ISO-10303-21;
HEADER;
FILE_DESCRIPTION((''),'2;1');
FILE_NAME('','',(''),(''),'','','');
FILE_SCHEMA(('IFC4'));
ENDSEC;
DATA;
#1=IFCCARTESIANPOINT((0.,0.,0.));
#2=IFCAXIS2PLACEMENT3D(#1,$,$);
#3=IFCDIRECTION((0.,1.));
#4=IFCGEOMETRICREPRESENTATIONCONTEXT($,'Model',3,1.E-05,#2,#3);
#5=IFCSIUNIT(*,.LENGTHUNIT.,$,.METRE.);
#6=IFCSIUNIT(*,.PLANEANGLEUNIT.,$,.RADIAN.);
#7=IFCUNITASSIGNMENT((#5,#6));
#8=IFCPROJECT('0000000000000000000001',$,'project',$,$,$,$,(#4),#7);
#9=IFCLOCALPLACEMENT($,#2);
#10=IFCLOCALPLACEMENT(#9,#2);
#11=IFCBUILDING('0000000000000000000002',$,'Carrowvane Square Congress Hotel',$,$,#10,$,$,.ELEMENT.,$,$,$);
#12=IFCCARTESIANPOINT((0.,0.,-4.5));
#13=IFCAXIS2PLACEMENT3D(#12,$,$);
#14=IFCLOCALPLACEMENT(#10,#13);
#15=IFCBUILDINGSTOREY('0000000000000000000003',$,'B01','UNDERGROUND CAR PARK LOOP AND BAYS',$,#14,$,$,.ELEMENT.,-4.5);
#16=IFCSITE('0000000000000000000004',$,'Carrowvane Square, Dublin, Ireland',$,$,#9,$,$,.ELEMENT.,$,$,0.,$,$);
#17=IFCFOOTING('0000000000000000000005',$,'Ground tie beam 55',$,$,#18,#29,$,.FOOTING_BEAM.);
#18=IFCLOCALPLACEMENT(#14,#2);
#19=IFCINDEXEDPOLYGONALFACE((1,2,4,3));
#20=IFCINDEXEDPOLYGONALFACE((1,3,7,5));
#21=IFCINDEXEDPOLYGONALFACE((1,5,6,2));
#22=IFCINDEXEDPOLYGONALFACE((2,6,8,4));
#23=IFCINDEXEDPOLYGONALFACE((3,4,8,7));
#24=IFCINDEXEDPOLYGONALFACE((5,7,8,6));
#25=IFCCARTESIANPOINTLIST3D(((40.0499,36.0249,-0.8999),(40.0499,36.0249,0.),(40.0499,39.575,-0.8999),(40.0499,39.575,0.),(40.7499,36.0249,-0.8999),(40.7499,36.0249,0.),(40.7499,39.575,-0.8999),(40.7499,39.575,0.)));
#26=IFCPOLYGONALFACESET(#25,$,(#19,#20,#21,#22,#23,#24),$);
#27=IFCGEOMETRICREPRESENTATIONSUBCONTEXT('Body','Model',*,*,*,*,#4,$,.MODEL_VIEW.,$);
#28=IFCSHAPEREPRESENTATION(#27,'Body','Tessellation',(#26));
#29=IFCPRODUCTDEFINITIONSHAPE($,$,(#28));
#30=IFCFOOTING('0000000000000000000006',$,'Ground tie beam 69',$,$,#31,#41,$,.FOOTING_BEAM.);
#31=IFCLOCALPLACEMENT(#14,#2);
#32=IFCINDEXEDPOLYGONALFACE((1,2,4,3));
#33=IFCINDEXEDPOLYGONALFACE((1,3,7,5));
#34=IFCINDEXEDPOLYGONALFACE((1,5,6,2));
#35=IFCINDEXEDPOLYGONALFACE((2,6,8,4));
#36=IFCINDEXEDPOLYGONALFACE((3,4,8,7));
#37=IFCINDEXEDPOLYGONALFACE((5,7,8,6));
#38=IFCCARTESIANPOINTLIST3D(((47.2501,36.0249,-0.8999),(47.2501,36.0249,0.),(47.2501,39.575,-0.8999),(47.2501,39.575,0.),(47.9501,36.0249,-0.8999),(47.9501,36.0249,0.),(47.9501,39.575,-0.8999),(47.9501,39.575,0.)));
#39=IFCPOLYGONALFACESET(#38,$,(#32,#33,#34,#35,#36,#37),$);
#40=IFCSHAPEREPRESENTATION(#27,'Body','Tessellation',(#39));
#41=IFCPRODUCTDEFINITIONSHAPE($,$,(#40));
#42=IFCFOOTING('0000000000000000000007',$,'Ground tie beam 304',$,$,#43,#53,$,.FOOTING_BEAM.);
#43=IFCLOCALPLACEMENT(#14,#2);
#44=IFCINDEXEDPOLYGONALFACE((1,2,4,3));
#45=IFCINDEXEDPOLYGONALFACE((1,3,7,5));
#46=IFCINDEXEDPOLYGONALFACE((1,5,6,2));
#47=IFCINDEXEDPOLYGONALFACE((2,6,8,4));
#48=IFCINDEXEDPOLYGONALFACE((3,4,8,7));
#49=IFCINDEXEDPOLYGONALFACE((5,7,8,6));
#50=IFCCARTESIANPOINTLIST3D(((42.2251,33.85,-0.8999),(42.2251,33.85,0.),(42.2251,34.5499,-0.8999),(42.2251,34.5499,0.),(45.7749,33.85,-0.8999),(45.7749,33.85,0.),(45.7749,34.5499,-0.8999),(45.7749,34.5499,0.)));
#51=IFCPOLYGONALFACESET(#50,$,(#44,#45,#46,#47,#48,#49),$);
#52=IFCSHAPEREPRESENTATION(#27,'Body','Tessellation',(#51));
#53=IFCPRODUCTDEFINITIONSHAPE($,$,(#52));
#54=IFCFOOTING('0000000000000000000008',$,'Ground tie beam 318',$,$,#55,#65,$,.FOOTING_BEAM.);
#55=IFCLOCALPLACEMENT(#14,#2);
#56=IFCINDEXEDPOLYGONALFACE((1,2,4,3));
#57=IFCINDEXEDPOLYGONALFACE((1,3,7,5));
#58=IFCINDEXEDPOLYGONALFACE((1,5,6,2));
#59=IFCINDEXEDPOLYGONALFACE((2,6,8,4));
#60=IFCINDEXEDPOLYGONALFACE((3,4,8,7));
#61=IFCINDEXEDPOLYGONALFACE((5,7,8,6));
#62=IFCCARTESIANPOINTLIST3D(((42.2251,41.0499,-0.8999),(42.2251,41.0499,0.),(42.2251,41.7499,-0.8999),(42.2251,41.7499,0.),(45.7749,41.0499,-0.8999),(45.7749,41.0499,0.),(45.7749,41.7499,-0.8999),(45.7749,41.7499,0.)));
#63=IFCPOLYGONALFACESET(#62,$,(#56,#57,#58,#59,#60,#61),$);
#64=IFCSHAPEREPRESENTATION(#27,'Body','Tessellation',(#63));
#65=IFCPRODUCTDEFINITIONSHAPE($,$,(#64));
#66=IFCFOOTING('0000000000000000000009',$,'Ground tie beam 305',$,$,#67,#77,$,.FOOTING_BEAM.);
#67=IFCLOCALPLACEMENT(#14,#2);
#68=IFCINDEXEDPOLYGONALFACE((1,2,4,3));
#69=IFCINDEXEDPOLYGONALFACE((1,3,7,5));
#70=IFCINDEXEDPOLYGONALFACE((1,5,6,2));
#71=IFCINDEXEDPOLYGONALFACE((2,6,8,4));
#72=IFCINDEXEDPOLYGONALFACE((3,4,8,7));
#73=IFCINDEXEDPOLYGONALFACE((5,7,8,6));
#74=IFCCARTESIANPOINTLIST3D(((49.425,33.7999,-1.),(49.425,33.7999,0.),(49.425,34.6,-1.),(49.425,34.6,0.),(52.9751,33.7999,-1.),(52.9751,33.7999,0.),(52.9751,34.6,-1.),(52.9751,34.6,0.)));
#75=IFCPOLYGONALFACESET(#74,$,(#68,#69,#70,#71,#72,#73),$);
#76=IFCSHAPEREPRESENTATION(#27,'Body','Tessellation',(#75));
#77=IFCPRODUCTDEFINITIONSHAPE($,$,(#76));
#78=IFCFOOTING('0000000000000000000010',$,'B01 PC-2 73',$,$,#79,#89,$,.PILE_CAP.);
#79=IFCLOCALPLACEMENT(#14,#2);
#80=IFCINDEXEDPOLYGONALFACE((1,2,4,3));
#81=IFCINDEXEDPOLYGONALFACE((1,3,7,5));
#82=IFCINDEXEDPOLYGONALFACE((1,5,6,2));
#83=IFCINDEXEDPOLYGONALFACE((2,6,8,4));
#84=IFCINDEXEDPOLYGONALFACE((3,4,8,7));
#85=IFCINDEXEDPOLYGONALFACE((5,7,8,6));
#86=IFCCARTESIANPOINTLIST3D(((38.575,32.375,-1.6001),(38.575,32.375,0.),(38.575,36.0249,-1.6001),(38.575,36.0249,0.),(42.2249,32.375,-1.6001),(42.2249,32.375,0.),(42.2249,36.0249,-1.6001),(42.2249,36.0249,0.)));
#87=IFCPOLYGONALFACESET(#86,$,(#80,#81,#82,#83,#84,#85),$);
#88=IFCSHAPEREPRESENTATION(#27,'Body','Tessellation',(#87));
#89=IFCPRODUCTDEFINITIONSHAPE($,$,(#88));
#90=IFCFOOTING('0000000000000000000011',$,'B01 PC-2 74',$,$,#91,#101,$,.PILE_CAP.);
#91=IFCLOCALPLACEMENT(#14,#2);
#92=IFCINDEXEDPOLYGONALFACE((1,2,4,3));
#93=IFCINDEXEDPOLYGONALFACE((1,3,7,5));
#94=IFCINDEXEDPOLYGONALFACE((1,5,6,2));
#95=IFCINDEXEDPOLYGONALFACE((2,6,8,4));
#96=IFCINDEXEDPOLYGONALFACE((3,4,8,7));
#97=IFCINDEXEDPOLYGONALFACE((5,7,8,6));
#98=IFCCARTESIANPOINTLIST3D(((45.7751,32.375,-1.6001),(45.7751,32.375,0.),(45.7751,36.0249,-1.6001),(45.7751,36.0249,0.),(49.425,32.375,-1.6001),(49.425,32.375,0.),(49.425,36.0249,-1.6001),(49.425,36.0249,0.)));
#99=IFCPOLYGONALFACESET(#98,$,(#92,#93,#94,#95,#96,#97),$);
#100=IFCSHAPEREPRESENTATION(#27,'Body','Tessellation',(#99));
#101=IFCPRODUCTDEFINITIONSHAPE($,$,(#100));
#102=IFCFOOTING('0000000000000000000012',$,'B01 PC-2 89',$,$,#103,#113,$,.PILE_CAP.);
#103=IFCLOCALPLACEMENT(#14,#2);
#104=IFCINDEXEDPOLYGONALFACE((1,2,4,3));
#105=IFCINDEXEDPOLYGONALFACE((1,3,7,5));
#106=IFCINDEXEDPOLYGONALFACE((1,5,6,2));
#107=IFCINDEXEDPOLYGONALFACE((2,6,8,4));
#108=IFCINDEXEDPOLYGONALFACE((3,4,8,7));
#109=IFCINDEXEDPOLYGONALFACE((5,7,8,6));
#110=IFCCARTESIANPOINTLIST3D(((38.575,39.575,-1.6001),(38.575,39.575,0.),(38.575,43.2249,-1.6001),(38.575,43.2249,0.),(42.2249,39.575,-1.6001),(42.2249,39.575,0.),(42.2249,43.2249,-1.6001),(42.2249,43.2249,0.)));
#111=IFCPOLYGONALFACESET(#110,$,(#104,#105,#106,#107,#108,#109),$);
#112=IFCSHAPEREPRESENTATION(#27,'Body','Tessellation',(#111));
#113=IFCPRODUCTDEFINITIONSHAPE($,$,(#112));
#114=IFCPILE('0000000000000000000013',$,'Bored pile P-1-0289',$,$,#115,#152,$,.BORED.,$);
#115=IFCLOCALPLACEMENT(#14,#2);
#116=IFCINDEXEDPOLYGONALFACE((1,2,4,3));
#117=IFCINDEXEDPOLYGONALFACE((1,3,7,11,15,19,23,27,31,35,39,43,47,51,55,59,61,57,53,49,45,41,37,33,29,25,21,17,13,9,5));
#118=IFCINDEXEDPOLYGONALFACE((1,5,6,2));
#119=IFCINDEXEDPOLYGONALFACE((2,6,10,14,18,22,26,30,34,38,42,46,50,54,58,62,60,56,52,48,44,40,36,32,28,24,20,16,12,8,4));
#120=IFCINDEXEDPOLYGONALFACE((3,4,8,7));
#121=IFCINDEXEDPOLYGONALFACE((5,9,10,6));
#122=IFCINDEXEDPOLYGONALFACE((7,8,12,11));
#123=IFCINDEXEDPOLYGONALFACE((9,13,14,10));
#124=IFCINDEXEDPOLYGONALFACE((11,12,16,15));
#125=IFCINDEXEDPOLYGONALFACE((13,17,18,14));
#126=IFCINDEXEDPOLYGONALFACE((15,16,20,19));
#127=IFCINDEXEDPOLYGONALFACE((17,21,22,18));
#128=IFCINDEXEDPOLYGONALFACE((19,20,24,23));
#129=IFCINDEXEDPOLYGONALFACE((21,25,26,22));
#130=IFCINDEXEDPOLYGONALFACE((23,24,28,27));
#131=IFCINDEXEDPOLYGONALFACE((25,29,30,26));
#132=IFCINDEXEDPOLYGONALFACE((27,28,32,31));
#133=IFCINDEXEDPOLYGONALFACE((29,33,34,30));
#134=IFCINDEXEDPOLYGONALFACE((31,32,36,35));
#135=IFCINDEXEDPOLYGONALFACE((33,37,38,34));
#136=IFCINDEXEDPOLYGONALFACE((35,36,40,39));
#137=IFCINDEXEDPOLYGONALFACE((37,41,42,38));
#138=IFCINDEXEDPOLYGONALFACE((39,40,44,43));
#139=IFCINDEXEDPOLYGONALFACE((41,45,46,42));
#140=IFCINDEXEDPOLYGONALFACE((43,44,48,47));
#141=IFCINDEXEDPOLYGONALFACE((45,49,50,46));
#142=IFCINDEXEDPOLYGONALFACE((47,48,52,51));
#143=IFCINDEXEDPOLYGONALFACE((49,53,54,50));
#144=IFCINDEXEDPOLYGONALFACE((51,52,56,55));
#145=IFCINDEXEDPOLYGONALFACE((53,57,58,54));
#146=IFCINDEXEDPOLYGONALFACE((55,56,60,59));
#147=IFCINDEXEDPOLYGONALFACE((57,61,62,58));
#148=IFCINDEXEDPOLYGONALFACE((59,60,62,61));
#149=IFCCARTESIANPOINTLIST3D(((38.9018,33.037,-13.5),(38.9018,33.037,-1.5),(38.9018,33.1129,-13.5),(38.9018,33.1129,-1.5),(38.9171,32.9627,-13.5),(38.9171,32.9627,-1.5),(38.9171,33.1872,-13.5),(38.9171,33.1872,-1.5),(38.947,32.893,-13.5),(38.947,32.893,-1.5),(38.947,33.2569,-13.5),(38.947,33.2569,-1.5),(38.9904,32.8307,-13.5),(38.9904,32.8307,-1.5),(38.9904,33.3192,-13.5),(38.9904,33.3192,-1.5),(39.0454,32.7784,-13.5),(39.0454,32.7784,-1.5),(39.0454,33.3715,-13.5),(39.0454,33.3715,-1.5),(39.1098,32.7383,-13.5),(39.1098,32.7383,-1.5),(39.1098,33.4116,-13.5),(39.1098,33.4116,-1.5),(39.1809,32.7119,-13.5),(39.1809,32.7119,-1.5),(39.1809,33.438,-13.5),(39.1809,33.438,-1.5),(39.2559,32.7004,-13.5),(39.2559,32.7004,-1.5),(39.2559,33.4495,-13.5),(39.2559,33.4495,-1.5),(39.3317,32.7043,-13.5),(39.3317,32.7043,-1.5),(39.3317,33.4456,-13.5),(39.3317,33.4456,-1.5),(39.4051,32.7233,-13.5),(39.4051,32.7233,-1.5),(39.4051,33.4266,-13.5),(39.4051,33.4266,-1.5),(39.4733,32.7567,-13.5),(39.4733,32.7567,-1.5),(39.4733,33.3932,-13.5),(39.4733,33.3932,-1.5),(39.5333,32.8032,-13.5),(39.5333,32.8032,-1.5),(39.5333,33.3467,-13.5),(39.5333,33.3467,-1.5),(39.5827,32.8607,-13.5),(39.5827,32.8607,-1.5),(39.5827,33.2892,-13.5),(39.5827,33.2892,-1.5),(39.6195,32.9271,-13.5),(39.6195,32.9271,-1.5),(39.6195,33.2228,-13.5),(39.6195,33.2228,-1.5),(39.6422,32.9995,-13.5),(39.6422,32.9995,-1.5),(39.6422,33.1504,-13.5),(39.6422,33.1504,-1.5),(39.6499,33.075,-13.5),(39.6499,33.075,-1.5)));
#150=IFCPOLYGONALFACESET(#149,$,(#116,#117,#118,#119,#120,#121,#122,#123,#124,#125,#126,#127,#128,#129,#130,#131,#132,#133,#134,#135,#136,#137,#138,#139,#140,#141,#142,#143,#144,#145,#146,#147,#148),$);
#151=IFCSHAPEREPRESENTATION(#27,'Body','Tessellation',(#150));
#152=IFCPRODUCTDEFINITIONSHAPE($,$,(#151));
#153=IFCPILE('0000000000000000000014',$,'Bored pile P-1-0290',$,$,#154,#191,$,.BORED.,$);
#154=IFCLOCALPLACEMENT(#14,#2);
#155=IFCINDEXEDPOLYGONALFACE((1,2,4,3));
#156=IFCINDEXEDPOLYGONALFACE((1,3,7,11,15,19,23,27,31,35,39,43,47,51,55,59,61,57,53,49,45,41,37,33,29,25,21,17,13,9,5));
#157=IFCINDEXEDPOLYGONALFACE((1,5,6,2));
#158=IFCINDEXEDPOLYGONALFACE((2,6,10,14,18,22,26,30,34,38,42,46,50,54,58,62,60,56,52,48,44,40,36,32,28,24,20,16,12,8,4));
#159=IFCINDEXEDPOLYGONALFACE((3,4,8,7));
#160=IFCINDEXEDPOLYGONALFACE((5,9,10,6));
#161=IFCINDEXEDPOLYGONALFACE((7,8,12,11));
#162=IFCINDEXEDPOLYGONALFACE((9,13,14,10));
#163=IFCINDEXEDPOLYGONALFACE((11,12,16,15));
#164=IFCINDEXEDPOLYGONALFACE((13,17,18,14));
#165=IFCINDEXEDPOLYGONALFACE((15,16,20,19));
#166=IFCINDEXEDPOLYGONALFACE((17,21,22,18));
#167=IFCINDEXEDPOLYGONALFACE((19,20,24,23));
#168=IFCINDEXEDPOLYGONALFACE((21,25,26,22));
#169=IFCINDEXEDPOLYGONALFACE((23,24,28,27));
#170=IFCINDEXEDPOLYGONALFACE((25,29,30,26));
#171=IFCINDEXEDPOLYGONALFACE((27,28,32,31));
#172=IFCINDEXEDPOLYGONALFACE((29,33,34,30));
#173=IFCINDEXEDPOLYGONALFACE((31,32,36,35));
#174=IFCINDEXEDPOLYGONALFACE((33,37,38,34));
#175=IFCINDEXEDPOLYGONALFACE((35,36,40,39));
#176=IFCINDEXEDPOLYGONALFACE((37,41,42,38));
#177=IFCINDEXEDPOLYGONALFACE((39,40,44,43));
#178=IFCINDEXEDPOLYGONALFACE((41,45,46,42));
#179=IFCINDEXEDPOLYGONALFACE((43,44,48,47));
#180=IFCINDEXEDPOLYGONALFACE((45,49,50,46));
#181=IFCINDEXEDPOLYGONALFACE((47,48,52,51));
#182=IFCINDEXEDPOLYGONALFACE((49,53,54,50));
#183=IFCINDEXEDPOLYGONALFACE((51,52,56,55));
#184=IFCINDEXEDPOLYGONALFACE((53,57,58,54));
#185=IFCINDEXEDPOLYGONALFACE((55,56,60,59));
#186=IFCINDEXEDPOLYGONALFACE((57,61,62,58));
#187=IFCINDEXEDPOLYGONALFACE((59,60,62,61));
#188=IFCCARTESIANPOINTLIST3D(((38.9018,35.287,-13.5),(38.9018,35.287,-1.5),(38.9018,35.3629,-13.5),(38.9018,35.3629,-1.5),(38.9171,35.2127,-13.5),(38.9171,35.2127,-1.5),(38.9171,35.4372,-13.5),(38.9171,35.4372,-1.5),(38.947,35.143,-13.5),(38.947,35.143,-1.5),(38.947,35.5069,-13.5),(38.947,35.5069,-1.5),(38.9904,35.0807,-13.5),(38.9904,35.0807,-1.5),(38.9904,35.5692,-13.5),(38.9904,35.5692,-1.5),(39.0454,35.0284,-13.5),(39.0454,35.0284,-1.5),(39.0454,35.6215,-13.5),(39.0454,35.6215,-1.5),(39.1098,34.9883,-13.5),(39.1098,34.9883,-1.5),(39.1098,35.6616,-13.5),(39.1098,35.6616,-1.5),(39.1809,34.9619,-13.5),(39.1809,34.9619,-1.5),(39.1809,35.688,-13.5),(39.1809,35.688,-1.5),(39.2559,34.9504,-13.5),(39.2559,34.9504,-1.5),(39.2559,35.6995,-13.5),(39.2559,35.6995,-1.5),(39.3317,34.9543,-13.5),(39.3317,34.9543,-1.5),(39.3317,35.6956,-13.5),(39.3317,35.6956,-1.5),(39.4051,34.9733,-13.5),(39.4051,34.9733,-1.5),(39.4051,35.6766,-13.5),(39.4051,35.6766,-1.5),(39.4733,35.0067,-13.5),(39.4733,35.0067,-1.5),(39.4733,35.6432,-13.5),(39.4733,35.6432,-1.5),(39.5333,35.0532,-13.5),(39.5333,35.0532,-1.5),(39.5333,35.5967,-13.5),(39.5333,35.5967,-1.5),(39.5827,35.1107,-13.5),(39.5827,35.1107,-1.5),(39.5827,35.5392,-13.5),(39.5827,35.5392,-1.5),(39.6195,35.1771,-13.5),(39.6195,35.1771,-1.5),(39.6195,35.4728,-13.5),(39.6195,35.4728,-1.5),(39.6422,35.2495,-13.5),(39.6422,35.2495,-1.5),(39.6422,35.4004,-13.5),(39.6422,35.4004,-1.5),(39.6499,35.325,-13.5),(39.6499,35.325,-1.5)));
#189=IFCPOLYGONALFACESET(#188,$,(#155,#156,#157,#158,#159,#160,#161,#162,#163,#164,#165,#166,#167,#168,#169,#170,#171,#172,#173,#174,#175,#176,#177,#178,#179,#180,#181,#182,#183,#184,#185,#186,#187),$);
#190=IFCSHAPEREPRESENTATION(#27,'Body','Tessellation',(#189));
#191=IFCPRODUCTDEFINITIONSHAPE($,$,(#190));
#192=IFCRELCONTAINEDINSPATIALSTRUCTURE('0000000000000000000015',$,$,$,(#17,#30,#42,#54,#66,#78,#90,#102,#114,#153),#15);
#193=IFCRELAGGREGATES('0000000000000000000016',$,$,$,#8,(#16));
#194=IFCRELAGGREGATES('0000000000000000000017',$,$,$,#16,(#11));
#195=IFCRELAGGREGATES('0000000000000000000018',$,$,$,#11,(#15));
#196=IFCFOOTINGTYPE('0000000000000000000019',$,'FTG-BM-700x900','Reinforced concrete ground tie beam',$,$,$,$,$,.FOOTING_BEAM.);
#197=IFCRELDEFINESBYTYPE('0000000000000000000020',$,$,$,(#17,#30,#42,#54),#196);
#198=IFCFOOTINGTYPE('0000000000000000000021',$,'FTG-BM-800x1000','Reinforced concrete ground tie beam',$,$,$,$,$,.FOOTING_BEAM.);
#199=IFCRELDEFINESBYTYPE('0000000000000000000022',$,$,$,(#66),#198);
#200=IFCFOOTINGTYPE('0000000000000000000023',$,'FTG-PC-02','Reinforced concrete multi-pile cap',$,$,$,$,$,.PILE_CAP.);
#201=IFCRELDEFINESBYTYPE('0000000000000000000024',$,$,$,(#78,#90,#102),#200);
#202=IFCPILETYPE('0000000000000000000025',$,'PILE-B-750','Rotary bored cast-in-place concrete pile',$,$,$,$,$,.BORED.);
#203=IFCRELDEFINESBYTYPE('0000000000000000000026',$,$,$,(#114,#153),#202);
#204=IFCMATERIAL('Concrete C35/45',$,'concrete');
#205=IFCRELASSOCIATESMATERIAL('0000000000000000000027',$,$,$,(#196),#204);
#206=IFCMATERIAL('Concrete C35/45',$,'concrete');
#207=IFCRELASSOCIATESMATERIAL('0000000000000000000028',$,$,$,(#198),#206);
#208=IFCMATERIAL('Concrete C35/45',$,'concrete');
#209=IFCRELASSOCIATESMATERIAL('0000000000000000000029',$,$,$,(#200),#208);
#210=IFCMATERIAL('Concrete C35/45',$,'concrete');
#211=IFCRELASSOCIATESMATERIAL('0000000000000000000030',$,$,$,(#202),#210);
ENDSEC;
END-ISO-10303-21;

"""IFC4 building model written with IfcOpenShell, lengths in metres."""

from ifc_helpers import new_model, si_unit, direction, frame, origin, origin_2d, place, context, subcontext, project, spatial, rectangle, circle, extrude, material, material_profile, profile_set, type_object, element, save


model = new_model("IFC4")

# Units and contexts
model_context = context("Model", 3, precision=1e-05, world=origin(), true_north=direction((0.0, 1.0)))
body_context = subcontext(model_context, "Body", "Model", "MODEL_VIEW")
ifc_project = project(units=[si_unit("LENGTHUNIT", "METRE"), si_unit("PLANEANGLEUNIT", "RADIAN")], contexts=[model_context])

# Site, building, storey
site_placement = place(None, origin())
site = spatial("IfcSite", under=ifc_project, at=site_placement, Name="Carrowvane Square, Dublin, Ireland", CompositionType="ELEMENT", RefElevation=0.0)
building_placement = place(site_placement, origin())
building = spatial("IfcBuilding", under=site, at=building_placement, Name="Carrowvane Square Congress Hotel", CompositionType="ELEMENT")
storey_placement = place(building_placement, frame((0.0, 0.0, -4.5)))
storey = spatial("IfcBuildingStorey", under=building, at=storey_placement, Name="B01", Description="UNDERGROUND CAR PARK LOOP AND BAYS", CompositionType="ELEMENT", Elevation=-4.5)

# Footings
ifc_material_1 = material(Name="Concrete C35/45", Category="concrete")
ifc_material_profile_1 = material_profile(ifc_material_1, rectangle(XDim=0.7, YDim=0.8999, at=origin_2d()), Name="RC 700x900")
ifc_profile_set_1 = profile_set([ifc_material_profile_1], Name="Concrete C35/45")
footing_type_1 = type_object("IfcFootingType", Name="FTG-BM-700x900", Description="Reinforced concrete ground tie beam", PredefinedType="FOOTING_BEAM", material=ifc_profile_set_1)
for number, where, z_axis, x_axis, name in (
    (1, (40.3999, 36.0249, -0.45), (0.0, 1.0, 0.0), (-1.0, 0.0, 0.0), "Ground tie beam 55"),
    (2, (47.6001, 36.0249, -0.45), (0.0, 1.0, 0.0), (-1.0, 0.0, 0.0), "Ground tie beam 69"),
):
    element("IfcFooting", number, at=place(storey_placement, frame(where, z_axis=z_axis, x_axis=x_axis)), inside=storey, type_object=footing_type_1, Name=name, PredefinedType="FOOTING_BEAM", context=body_context, shape_type="SweptSolid", body=[
        extrude(rectangle(XDim=0.7, YDim=0.8999, at=origin_2d()), origin(), (0.0, 0.0, 1.0), 3.55),
    ])
for number, where, z_axis, x_axis, name in (
    (3, (42.2251, 34.2, -0.45), (1.0, 0.0, 0.0), (0.0, 1.0, 0.0), "Ground tie beam 304"),
    (4, (42.2251, 41.3999, -0.45), (1.0, 0.0, 0.0), (0.0, 1.0, 0.0), "Ground tie beam 318"),
):
    element("IfcFooting", number, at=place(storey_placement, frame(where, z_axis=z_axis, x_axis=x_axis)), inside=storey, type_object=footing_type_1, Name=name, PredefinedType="FOOTING_BEAM", context=body_context, shape_type="SweptSolid", body=[
        extrude(rectangle(XDim=0.7, YDim=0.8999, at=origin_2d()), origin(), (0.0, 0.0, 1.0), 3.5498),
    ])
ifc_material_2 = material(Name="Concrete C35/45", Category="concrete")
ifc_material_profile_2 = material_profile(ifc_material_2, rectangle(XDim=0.8, YDim=1.0, at=origin_2d()), Name="RC 800x1000")
ifc_profile_set_2 = profile_set([ifc_material_profile_2], Name="Concrete C35/45")
footing_type_2 = type_object("IfcFootingType", Name="FTG-BM-800x1000", Description="Reinforced concrete ground tie beam", PredefinedType="FOOTING_BEAM", material=ifc_profile_set_2)
footing_placement = place(storey_placement, frame((49.425, 34.2, -0.5), z_axis=(1.0, 0.0, 0.0), x_axis=(0.0, 1.0, 0.0)))
element("IfcFooting", 5, at=footing_placement, inside=storey, type_object=footing_type_2, Name="Ground tie beam 305", PredefinedType="FOOTING_BEAM", context=body_context, shape_type="SweptSolid", body=[
    extrude(rectangle(XDim=0.8, YDim=1.0, at=origin_2d()), origin(), (0.0, 0.0, 1.0), 3.55),
])
ifc_material_3 = material(Name="Concrete C35/45", Category="concrete")
footing_type_3 = type_object("IfcFootingType", Name="FTG-PC-02", Description="Reinforced concrete multi-pile cap", PredefinedType="PILE_CAP", material=ifc_material_3)
for number, where, z_axis, x_axis, name in (
    (6, (40.3999, 34.2, -1.6001), (0.0, 0.0, 1.0), (1.0, 0.0, 0.0), "B01 PC-2 73"),
    (7, (47.6001, 34.2, -1.6001), (0.0, 0.0, 1.0), (1.0, 0.0, 0.0), "B01 PC-2 74"),
    (8, (40.3999, 41.3999, -1.6001), (0.0, 0.0, 1.0), (1.0, 0.0, 0.0), "B01 PC-2 89"),
):
    element("IfcFooting", number, at=place(storey_placement, frame(where, z_axis=z_axis, x_axis=x_axis)), inside=storey, type_object=footing_type_3, Name=name, PredefinedType="PILE_CAP", context=body_context, shape_type="SweptSolid", body=[
        extrude(rectangle(XDim=3.6499, YDim=3.6499, at=origin_2d()), origin(), (0.0, 0.0, 1.0), 1.6001),
    ])

# Piles
ifc_material_4 = material(Name="Concrete C35/45", Category="concrete")
ifc_material_profile_3 = material_profile(ifc_material_4, circle(Radius=0.375, at=origin_2d()), Name="PILE D750")
ifc_profile_set_3 = profile_set([ifc_material_profile_3], Name="Concrete C35/45")
pile_type = type_object("IfcPileType", Name="PILE-B-750", Description="Rotary bored cast-in-place concrete pile", PredefinedType="BORED", material=ifc_profile_set_3)
for number, where, z_axis, x_axis, name in (
    (9, (39.2749, 33.075, -1.5), (0.0, 0.0, -1.0), (1.0, 0.0, 0.0), "Bored pile P-1-0289"),
    (10, (39.2749, 35.325, -1.5), (0.0, 0.0, -1.0), (1.0, 0.0, 0.0), "Bored pile P-1-0290"),
):
    element("IfcPile", number, at=place(storey_placement, frame(where, z_axis=z_axis, x_axis=x_axis)), inside=storey, type_object=pile_type, Name=name, PredefinedType="BORED", context=body_context, shape_type="SweptSolid", body=[
        extrude(circle(Radius=0.375, at=origin_2d()), origin(), (0.0, 0.0, 1.0), 12.0),
    ])

save(model, "model.ifc")
